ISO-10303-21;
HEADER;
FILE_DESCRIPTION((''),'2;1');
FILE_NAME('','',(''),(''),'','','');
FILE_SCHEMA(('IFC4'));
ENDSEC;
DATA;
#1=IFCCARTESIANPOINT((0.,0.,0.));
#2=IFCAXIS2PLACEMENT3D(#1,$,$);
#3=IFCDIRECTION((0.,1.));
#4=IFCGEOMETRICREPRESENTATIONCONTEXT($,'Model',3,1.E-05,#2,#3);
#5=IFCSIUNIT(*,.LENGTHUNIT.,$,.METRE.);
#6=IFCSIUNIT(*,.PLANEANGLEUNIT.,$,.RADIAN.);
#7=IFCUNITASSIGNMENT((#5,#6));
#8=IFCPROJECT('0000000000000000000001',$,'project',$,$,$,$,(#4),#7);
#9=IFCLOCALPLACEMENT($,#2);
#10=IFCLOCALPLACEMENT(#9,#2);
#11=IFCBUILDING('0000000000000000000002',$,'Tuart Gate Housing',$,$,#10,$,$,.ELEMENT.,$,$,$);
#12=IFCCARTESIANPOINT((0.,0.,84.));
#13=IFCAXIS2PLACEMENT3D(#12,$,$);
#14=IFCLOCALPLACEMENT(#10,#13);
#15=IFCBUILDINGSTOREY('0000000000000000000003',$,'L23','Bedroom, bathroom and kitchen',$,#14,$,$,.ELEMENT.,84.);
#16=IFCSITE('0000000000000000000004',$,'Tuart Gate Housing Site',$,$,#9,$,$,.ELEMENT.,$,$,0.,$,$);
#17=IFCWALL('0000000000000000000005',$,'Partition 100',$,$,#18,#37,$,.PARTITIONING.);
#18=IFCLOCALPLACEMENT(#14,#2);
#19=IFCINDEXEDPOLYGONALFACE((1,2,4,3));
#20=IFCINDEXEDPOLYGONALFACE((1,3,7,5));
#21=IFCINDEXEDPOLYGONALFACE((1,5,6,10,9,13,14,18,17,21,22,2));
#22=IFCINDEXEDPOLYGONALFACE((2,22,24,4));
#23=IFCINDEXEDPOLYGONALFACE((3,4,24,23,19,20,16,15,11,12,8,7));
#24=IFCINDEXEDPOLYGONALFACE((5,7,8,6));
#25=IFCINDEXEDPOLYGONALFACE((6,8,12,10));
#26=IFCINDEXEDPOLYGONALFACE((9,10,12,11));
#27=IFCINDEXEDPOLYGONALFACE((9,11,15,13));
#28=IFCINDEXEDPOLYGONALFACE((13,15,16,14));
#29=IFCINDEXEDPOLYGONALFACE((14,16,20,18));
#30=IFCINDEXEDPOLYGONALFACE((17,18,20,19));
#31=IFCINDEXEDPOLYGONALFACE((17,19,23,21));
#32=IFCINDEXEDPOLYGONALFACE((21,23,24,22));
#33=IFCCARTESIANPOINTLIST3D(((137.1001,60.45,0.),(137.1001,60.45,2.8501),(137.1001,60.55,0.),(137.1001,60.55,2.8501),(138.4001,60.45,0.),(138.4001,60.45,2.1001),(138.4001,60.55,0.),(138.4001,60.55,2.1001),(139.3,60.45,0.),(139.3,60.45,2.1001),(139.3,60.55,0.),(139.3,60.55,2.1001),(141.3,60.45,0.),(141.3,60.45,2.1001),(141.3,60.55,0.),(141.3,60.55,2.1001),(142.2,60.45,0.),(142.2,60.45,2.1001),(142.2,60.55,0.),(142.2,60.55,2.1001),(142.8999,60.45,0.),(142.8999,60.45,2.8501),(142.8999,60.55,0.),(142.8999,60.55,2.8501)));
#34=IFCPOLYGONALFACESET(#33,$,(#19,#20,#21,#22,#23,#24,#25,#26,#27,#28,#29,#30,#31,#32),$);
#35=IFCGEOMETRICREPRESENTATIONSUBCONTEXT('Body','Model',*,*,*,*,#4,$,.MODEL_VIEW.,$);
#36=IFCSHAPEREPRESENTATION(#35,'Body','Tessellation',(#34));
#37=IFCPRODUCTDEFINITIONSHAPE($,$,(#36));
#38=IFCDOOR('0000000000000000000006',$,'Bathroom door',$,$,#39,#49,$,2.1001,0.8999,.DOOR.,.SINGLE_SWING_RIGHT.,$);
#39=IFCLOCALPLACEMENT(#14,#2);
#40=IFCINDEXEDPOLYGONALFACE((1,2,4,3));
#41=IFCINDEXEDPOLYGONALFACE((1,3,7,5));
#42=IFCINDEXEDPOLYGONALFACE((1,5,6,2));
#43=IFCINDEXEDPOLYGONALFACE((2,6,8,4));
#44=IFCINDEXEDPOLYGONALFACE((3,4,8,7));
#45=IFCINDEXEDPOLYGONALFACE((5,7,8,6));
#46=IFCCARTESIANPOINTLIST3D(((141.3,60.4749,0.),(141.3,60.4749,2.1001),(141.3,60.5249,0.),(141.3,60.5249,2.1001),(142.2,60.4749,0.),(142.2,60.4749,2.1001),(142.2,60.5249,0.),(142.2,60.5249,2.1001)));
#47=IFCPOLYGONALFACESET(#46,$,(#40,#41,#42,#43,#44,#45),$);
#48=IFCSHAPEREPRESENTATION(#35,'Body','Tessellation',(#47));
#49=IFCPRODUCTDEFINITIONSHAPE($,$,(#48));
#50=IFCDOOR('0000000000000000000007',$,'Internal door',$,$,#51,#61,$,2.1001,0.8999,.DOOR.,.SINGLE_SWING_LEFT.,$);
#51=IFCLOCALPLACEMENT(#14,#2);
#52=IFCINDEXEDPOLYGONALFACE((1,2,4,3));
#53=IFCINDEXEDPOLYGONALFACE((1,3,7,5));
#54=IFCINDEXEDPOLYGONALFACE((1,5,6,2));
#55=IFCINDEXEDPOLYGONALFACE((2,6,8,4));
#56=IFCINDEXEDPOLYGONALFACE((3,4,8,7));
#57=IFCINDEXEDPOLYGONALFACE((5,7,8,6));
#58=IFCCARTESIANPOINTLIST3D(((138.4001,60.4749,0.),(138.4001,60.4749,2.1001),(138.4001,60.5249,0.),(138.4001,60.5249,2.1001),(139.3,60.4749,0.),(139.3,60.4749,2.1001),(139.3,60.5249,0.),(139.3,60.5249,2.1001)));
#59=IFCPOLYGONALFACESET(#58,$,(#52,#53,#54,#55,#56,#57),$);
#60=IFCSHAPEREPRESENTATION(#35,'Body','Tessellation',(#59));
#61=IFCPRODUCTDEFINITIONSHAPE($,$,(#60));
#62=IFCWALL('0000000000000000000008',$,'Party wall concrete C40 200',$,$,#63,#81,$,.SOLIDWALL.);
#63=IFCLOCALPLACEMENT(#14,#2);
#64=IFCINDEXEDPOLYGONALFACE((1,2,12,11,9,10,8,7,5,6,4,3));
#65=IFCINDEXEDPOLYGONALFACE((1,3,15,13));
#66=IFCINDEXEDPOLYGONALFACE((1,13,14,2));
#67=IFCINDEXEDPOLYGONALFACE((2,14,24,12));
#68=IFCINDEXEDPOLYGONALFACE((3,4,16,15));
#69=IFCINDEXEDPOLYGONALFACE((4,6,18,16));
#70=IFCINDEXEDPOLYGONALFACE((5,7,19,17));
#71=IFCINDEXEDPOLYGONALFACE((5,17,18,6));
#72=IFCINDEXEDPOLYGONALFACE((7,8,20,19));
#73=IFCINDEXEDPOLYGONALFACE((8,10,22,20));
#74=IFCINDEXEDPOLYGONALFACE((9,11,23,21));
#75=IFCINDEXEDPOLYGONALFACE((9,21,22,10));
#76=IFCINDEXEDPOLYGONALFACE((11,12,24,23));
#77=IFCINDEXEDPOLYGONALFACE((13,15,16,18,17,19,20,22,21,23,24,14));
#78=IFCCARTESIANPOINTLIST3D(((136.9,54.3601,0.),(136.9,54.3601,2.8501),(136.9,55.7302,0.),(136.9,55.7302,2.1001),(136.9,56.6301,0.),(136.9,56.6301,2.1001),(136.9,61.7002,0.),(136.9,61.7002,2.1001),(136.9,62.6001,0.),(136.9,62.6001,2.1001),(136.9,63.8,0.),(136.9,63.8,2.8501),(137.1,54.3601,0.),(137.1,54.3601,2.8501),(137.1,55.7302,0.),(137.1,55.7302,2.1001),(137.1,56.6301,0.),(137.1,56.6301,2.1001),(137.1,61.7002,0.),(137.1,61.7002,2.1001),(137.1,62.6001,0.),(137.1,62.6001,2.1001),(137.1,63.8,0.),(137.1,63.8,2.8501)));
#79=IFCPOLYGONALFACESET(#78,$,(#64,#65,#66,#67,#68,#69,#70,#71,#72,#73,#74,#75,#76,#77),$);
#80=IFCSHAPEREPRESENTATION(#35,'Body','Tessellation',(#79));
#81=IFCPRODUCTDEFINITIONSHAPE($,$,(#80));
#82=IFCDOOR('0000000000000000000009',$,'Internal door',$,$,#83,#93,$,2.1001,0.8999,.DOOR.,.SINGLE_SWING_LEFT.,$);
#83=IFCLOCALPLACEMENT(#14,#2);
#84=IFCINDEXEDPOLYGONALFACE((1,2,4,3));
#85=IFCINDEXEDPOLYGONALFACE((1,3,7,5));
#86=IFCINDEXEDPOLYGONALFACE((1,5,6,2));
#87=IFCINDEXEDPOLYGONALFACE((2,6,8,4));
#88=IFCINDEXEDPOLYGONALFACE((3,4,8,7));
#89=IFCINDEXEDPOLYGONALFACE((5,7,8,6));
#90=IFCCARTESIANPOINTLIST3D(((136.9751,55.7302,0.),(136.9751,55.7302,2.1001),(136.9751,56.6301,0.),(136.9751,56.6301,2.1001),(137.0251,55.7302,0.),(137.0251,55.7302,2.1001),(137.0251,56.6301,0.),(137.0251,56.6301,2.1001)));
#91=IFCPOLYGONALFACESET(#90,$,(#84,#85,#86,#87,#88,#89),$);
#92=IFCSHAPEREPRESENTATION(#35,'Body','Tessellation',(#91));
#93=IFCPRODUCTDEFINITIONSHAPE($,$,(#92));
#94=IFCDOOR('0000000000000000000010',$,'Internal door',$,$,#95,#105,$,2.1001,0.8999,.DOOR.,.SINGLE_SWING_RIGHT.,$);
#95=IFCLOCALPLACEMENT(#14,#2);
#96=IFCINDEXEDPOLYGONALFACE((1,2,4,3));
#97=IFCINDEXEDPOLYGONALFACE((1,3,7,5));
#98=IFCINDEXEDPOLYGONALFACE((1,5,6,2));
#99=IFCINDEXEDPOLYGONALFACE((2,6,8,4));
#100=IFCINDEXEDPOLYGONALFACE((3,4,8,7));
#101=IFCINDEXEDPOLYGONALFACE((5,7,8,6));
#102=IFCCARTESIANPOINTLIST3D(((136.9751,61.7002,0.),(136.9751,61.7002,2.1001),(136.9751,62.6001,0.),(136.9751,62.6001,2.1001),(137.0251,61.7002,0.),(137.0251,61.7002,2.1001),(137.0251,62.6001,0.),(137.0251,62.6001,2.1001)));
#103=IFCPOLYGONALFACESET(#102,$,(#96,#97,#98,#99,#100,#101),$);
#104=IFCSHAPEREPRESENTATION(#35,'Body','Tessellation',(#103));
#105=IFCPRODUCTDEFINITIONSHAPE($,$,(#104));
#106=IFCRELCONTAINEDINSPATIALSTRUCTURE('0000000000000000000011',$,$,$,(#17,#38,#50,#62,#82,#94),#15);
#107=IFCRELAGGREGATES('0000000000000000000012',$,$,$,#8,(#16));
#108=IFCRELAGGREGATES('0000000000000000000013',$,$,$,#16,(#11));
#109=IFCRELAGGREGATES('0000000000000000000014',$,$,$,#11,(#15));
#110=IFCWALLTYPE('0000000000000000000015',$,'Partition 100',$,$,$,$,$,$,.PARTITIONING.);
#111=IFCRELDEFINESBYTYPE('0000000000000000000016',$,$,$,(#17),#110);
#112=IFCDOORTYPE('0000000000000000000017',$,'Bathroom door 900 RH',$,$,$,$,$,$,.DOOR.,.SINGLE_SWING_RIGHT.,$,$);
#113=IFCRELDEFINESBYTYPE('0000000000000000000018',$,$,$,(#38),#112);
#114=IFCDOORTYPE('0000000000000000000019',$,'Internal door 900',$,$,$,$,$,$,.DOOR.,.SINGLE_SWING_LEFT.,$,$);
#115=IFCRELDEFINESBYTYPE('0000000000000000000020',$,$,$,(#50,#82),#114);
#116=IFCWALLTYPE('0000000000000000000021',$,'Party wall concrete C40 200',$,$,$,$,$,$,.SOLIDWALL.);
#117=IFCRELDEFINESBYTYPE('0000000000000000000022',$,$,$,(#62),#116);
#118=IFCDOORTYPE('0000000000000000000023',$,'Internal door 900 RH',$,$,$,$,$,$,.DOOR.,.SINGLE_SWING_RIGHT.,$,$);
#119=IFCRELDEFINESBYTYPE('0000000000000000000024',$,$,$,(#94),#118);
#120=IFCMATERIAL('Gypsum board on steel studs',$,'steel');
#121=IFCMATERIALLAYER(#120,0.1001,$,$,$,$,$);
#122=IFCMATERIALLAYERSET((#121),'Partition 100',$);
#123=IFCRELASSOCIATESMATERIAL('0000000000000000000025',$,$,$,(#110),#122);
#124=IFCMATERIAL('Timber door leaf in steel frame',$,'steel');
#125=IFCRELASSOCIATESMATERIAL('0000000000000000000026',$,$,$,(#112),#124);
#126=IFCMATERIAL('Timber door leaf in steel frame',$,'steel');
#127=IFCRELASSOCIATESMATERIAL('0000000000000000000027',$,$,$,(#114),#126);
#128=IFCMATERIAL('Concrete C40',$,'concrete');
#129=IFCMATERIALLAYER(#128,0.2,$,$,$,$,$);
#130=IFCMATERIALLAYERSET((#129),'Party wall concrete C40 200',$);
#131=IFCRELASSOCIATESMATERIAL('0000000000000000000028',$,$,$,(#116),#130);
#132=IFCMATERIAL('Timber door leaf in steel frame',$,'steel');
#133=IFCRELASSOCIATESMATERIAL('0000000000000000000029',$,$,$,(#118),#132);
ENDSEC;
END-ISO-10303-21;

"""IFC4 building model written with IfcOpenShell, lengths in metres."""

from ifc_helpers import new_model, si_unit, direction, frame, frame_2d, origin, place, context, subcontext, project, spatial, rectangle, extrude, material, layer, layer_set, type_object, element, fill, save


model = new_model("IFC4")

# Units and contexts
model_context = context("Model", 3, precision=1e-05, world=origin(), true_north=direction((0.0, 1.0)))
body_context = subcontext(model_context, "Body", "Model", "MODEL_VIEW")
ifc_project = project(units=[si_unit("LENGTHUNIT", "METRE"), si_unit("PLANEANGLEUNIT", "RADIAN")], contexts=[model_context])

# Site, building, storey
site_placement = place(None, origin())
site = spatial("IfcSite", under=ifc_project, at=site_placement, Name="Tuart Gate Housing Site", CompositionType="ELEMENT", RefElevation=0.0)
building_placement = place(site_placement, origin())
building = spatial("IfcBuilding", under=site, at=building_placement, Name="Tuart Gate Housing", CompositionType="ELEMENT")
storey_placement = place(building_placement, frame((0.0, 0.0, 84.0)))
storey = spatial("IfcBuildingStorey", under=building, at=storey_placement, Name="L23", Description="Bedroom, bathroom and kitchen", CompositionType="ELEMENT", Elevation=84.0)

# Walls, openings, doors
ifc_material_1 = material(Name="Gypsum board on steel studs", Category="steel")
ifc_layer_1 = layer(ifc_material_1, 0.1001)
ifc_layer_set_1 = layer_set([ifc_layer_1], Name="Partition 100")
wall_type_1 = type_object("IfcWallType", Name="Partition 100", PredefinedType="PARTITIONING", material=ifc_layer_set_1)
wall_1_placement = place(storey_placement, frame((137.1001, 60.5, 0.0), z_axis=(0.0, 0.0, 1.0), x_axis=(1.0, 0.0, 0.0)))
wall_1 = element("IfcWall", 1, at=wall_1_placement, inside=storey, type_object=wall_type_1, Name="Partition 100", PredefinedType="PARTITIONING", context=body_context, shape_type="SweptSolid", body=[
    extrude(rectangle(XDim=5.7998, YDim=0.1001, at=frame_2d((2.8999, 0.0))), origin(), (0.0, 0.0, 1.0), 2.8501),
])
opening_1_placement = place(wall_1_placement, frame((1.3, 0.0, 0.0)))
opening_1 = element("IfcOpeningElement", 2, at=opening_1_placement, cuts=wall_1, PredefinedType="OPENING", context=body_context, shape_type="SweptSolid", body=[
    extrude(rectangle(XDim=0.8999, YDim=2.1001, at=frame_2d((0.45, 1.05))), frame((0.0, 0.0601, 0.0), z_axis=(0.0, -1.0, 0.0), x_axis=(1.0, 0.0, 0.0)), (0.0, 0.0, 1.0), 0.1201),
])
opening_2_placement = place(wall_1_placement, frame((4.2, 0.0, 0.0)))
opening_2 = element("IfcOpeningElement", 3, at=opening_2_placement, cuts=wall_1, PredefinedType="OPENING", context=body_context, shape_type="SweptSolid", body=[
    extrude(rectangle(XDim=0.8999, YDim=2.1001, at=frame_2d((0.45, 1.05))), frame((0.0, 0.0601, 0.0), z_axis=(0.0, -1.0, 0.0), x_axis=(1.0, 0.0, 0.0)), (0.0, 0.0, 1.0), 0.1201),
])
ifc_material_2 = material(Name="Timber door leaf in steel frame", Category="steel")
door_type_1 = type_object("IfcDoorType", Name="Bathroom door 900 RH", OperationType="SINGLE_SWING_RIGHT", PredefinedType="DOOR", material=ifc_material_2)
door_1_placement = place(opening_2_placement, frame((0.8999, 0.0, 0.0), z_axis=(0.0, 0.0, 1.0), x_axis=(-1.0, 0.0, 0.0)))
door_1 = element("IfcDoor", 4, at=door_1_placement, inside=storey, type_object=door_type_1, Name="Bathroom door", OperationType="SINGLE_SWING_RIGHT", OverallHeight=2.1001, OverallWidth=0.8999, PredefinedType="DOOR", context=body_context, shape_type="SweptSolid", body=[
    extrude(rectangle(XDim=0.8999, YDim=2.1001, at=frame_2d((0.45, 1.05))), frame((0.0, 0.0251, 0.0), z_axis=(0.0, -1.0, 0.0), x_axis=(1.0, 0.0, 0.0)), (0.0, 0.0, 1.0), 0.05),
])
fill(opening_2, door_1)
ifc_material_3 = material(Name="Timber door leaf in steel frame", Category="steel")
door_type_2 = type_object("IfcDoorType", Name="Internal door 900", OperationType="SINGLE_SWING_LEFT", PredefinedType="DOOR", material=ifc_material_3)
door_2_placement = place(opening_1_placement, origin())
door_2 = element("IfcDoor", 5, at=door_2_placement, inside=storey, type_object=door_type_2, Name="Internal door", OperationType="SINGLE_SWING_LEFT", OverallHeight=2.1001, OverallWidth=0.8999, PredefinedType="DOOR", context=body_context, shape_type="SweptSolid", body=[
    extrude(rectangle(XDim=0.8999, YDim=2.1001, at=frame_2d((0.45, 1.05))), frame((0.0, 0.0249, 0.0), z_axis=(0.0, -1.0, 0.0), x_axis=(1.0, 0.0, 0.0)), (0.0, 0.0, 1.0), 0.05),
])
fill(opening_1, door_2)
ifc_material_4 = material(Name="Concrete C40", Category="concrete")
ifc_layer_2 = layer(ifc_material_4, 0.2)
ifc_layer_set_2 = layer_set([ifc_layer_2], Name="Party wall concrete C40 200")
wall_type_2 = type_object("IfcWallType", Name="Party wall concrete C40 200", PredefinedType="SOLIDWALL", material=ifc_layer_set_2)
wall_2_placement = place(storey_placement, frame((137.0, 54.3601, 0.0), z_axis=(0.0, 0.0, 1.0), x_axis=(0.0, 1.0, 0.0)))
wall_2 = element("IfcWall", 6, at=wall_2_placement, inside=storey, type_object=wall_type_2, Name="Party wall concrete C40 200", PredefinedType="SOLIDWALL", context=body_context, shape_type="SweptSolid", body=[
    extrude(rectangle(XDim=9.4399, YDim=0.2, at=frame_2d((4.72, 0.0))), origin(), (0.0, 0.0, 1.0), 2.8501),
])
opening_3_placement = place(wall_2_placement, frame((1.3701, 0.0, 0.0)))
opening_3 = element("IfcOpeningElement", 7, at=opening_3_placement, cuts=wall_2, PredefinedType="OPENING", context=body_context, shape_type="SweptSolid", body=[
    extrude(rectangle(XDim=0.8999, YDim=2.1001, at=frame_2d((0.45, 1.05))), frame((0.0, 0.1099, 0.0), z_axis=(0.0, -1.0, 0.0), x_axis=(1.0, 0.0, 0.0)), (0.0, 0.0, 1.0), 0.22),
])
opening_4_placement = place(wall_2_placement, frame((7.3401, 0.0, 0.0)))
opening_4 = element("IfcOpeningElement", 8, at=opening_4_placement, cuts=wall_2, PredefinedType="OPENING", context=body_context, shape_type="SweptSolid", body=[
    extrude(rectangle(XDim=0.8999, YDim=2.1001, at=frame_2d((0.45, 1.05))), frame((0.0, 0.1099, 0.0), z_axis=(0.0, -1.0, 0.0), x_axis=(1.0, 0.0, 0.0)), (0.0, 0.0, 1.0), 0.22),
])
door_3_placement = place(opening_3_placement, origin())
door_3 = element("IfcDoor", 9, at=door_3_placement, inside=storey, type_object=door_type_2, Name="Internal door", OperationType="SINGLE_SWING_LEFT", OverallHeight=2.1001, OverallWidth=0.8999, PredefinedType="DOOR", context=body_context, shape_type="SweptSolid", body=[
    extrude(rectangle(XDim=0.8999, YDim=2.1001, at=frame_2d((0.45, 1.05))), frame((0.0, 0.0249, 0.0), z_axis=(0.0, -1.0, 0.0), x_axis=(1.0, 0.0, 0.0)), (0.0, 0.0, 1.0), 0.05),
])
fill(opening_3, door_3)
ifc_material_5 = material(Name="Timber door leaf in steel frame", Category="steel")
door_type_3 = type_object("IfcDoorType", Name="Internal door 900 RH", OperationType="SINGLE_SWING_RIGHT", PredefinedType="DOOR", material=ifc_material_5)
door_4_placement = place(opening_4_placement, origin())
door_4 = element("IfcDoor", 10, at=door_4_placement, inside=storey, type_object=door_type_3, Name="Internal door", OperationType="SINGLE_SWING_RIGHT", OverallHeight=2.1001, OverallWidth=0.8999, PredefinedType="DOOR", context=body_context, shape_type="SweptSolid", body=[
    extrude(rectangle(XDim=0.8999, YDim=2.1001, at=frame_2d((0.45, 1.05))), frame((0.0, 0.0249, 0.0), z_axis=(0.0, -1.0, 0.0), x_axis=(1.0, 0.0, 0.0)), (0.0, 0.0, 1.0), 0.05),
])
fill(opening_4, door_4)

save(model, "model.ifc")
